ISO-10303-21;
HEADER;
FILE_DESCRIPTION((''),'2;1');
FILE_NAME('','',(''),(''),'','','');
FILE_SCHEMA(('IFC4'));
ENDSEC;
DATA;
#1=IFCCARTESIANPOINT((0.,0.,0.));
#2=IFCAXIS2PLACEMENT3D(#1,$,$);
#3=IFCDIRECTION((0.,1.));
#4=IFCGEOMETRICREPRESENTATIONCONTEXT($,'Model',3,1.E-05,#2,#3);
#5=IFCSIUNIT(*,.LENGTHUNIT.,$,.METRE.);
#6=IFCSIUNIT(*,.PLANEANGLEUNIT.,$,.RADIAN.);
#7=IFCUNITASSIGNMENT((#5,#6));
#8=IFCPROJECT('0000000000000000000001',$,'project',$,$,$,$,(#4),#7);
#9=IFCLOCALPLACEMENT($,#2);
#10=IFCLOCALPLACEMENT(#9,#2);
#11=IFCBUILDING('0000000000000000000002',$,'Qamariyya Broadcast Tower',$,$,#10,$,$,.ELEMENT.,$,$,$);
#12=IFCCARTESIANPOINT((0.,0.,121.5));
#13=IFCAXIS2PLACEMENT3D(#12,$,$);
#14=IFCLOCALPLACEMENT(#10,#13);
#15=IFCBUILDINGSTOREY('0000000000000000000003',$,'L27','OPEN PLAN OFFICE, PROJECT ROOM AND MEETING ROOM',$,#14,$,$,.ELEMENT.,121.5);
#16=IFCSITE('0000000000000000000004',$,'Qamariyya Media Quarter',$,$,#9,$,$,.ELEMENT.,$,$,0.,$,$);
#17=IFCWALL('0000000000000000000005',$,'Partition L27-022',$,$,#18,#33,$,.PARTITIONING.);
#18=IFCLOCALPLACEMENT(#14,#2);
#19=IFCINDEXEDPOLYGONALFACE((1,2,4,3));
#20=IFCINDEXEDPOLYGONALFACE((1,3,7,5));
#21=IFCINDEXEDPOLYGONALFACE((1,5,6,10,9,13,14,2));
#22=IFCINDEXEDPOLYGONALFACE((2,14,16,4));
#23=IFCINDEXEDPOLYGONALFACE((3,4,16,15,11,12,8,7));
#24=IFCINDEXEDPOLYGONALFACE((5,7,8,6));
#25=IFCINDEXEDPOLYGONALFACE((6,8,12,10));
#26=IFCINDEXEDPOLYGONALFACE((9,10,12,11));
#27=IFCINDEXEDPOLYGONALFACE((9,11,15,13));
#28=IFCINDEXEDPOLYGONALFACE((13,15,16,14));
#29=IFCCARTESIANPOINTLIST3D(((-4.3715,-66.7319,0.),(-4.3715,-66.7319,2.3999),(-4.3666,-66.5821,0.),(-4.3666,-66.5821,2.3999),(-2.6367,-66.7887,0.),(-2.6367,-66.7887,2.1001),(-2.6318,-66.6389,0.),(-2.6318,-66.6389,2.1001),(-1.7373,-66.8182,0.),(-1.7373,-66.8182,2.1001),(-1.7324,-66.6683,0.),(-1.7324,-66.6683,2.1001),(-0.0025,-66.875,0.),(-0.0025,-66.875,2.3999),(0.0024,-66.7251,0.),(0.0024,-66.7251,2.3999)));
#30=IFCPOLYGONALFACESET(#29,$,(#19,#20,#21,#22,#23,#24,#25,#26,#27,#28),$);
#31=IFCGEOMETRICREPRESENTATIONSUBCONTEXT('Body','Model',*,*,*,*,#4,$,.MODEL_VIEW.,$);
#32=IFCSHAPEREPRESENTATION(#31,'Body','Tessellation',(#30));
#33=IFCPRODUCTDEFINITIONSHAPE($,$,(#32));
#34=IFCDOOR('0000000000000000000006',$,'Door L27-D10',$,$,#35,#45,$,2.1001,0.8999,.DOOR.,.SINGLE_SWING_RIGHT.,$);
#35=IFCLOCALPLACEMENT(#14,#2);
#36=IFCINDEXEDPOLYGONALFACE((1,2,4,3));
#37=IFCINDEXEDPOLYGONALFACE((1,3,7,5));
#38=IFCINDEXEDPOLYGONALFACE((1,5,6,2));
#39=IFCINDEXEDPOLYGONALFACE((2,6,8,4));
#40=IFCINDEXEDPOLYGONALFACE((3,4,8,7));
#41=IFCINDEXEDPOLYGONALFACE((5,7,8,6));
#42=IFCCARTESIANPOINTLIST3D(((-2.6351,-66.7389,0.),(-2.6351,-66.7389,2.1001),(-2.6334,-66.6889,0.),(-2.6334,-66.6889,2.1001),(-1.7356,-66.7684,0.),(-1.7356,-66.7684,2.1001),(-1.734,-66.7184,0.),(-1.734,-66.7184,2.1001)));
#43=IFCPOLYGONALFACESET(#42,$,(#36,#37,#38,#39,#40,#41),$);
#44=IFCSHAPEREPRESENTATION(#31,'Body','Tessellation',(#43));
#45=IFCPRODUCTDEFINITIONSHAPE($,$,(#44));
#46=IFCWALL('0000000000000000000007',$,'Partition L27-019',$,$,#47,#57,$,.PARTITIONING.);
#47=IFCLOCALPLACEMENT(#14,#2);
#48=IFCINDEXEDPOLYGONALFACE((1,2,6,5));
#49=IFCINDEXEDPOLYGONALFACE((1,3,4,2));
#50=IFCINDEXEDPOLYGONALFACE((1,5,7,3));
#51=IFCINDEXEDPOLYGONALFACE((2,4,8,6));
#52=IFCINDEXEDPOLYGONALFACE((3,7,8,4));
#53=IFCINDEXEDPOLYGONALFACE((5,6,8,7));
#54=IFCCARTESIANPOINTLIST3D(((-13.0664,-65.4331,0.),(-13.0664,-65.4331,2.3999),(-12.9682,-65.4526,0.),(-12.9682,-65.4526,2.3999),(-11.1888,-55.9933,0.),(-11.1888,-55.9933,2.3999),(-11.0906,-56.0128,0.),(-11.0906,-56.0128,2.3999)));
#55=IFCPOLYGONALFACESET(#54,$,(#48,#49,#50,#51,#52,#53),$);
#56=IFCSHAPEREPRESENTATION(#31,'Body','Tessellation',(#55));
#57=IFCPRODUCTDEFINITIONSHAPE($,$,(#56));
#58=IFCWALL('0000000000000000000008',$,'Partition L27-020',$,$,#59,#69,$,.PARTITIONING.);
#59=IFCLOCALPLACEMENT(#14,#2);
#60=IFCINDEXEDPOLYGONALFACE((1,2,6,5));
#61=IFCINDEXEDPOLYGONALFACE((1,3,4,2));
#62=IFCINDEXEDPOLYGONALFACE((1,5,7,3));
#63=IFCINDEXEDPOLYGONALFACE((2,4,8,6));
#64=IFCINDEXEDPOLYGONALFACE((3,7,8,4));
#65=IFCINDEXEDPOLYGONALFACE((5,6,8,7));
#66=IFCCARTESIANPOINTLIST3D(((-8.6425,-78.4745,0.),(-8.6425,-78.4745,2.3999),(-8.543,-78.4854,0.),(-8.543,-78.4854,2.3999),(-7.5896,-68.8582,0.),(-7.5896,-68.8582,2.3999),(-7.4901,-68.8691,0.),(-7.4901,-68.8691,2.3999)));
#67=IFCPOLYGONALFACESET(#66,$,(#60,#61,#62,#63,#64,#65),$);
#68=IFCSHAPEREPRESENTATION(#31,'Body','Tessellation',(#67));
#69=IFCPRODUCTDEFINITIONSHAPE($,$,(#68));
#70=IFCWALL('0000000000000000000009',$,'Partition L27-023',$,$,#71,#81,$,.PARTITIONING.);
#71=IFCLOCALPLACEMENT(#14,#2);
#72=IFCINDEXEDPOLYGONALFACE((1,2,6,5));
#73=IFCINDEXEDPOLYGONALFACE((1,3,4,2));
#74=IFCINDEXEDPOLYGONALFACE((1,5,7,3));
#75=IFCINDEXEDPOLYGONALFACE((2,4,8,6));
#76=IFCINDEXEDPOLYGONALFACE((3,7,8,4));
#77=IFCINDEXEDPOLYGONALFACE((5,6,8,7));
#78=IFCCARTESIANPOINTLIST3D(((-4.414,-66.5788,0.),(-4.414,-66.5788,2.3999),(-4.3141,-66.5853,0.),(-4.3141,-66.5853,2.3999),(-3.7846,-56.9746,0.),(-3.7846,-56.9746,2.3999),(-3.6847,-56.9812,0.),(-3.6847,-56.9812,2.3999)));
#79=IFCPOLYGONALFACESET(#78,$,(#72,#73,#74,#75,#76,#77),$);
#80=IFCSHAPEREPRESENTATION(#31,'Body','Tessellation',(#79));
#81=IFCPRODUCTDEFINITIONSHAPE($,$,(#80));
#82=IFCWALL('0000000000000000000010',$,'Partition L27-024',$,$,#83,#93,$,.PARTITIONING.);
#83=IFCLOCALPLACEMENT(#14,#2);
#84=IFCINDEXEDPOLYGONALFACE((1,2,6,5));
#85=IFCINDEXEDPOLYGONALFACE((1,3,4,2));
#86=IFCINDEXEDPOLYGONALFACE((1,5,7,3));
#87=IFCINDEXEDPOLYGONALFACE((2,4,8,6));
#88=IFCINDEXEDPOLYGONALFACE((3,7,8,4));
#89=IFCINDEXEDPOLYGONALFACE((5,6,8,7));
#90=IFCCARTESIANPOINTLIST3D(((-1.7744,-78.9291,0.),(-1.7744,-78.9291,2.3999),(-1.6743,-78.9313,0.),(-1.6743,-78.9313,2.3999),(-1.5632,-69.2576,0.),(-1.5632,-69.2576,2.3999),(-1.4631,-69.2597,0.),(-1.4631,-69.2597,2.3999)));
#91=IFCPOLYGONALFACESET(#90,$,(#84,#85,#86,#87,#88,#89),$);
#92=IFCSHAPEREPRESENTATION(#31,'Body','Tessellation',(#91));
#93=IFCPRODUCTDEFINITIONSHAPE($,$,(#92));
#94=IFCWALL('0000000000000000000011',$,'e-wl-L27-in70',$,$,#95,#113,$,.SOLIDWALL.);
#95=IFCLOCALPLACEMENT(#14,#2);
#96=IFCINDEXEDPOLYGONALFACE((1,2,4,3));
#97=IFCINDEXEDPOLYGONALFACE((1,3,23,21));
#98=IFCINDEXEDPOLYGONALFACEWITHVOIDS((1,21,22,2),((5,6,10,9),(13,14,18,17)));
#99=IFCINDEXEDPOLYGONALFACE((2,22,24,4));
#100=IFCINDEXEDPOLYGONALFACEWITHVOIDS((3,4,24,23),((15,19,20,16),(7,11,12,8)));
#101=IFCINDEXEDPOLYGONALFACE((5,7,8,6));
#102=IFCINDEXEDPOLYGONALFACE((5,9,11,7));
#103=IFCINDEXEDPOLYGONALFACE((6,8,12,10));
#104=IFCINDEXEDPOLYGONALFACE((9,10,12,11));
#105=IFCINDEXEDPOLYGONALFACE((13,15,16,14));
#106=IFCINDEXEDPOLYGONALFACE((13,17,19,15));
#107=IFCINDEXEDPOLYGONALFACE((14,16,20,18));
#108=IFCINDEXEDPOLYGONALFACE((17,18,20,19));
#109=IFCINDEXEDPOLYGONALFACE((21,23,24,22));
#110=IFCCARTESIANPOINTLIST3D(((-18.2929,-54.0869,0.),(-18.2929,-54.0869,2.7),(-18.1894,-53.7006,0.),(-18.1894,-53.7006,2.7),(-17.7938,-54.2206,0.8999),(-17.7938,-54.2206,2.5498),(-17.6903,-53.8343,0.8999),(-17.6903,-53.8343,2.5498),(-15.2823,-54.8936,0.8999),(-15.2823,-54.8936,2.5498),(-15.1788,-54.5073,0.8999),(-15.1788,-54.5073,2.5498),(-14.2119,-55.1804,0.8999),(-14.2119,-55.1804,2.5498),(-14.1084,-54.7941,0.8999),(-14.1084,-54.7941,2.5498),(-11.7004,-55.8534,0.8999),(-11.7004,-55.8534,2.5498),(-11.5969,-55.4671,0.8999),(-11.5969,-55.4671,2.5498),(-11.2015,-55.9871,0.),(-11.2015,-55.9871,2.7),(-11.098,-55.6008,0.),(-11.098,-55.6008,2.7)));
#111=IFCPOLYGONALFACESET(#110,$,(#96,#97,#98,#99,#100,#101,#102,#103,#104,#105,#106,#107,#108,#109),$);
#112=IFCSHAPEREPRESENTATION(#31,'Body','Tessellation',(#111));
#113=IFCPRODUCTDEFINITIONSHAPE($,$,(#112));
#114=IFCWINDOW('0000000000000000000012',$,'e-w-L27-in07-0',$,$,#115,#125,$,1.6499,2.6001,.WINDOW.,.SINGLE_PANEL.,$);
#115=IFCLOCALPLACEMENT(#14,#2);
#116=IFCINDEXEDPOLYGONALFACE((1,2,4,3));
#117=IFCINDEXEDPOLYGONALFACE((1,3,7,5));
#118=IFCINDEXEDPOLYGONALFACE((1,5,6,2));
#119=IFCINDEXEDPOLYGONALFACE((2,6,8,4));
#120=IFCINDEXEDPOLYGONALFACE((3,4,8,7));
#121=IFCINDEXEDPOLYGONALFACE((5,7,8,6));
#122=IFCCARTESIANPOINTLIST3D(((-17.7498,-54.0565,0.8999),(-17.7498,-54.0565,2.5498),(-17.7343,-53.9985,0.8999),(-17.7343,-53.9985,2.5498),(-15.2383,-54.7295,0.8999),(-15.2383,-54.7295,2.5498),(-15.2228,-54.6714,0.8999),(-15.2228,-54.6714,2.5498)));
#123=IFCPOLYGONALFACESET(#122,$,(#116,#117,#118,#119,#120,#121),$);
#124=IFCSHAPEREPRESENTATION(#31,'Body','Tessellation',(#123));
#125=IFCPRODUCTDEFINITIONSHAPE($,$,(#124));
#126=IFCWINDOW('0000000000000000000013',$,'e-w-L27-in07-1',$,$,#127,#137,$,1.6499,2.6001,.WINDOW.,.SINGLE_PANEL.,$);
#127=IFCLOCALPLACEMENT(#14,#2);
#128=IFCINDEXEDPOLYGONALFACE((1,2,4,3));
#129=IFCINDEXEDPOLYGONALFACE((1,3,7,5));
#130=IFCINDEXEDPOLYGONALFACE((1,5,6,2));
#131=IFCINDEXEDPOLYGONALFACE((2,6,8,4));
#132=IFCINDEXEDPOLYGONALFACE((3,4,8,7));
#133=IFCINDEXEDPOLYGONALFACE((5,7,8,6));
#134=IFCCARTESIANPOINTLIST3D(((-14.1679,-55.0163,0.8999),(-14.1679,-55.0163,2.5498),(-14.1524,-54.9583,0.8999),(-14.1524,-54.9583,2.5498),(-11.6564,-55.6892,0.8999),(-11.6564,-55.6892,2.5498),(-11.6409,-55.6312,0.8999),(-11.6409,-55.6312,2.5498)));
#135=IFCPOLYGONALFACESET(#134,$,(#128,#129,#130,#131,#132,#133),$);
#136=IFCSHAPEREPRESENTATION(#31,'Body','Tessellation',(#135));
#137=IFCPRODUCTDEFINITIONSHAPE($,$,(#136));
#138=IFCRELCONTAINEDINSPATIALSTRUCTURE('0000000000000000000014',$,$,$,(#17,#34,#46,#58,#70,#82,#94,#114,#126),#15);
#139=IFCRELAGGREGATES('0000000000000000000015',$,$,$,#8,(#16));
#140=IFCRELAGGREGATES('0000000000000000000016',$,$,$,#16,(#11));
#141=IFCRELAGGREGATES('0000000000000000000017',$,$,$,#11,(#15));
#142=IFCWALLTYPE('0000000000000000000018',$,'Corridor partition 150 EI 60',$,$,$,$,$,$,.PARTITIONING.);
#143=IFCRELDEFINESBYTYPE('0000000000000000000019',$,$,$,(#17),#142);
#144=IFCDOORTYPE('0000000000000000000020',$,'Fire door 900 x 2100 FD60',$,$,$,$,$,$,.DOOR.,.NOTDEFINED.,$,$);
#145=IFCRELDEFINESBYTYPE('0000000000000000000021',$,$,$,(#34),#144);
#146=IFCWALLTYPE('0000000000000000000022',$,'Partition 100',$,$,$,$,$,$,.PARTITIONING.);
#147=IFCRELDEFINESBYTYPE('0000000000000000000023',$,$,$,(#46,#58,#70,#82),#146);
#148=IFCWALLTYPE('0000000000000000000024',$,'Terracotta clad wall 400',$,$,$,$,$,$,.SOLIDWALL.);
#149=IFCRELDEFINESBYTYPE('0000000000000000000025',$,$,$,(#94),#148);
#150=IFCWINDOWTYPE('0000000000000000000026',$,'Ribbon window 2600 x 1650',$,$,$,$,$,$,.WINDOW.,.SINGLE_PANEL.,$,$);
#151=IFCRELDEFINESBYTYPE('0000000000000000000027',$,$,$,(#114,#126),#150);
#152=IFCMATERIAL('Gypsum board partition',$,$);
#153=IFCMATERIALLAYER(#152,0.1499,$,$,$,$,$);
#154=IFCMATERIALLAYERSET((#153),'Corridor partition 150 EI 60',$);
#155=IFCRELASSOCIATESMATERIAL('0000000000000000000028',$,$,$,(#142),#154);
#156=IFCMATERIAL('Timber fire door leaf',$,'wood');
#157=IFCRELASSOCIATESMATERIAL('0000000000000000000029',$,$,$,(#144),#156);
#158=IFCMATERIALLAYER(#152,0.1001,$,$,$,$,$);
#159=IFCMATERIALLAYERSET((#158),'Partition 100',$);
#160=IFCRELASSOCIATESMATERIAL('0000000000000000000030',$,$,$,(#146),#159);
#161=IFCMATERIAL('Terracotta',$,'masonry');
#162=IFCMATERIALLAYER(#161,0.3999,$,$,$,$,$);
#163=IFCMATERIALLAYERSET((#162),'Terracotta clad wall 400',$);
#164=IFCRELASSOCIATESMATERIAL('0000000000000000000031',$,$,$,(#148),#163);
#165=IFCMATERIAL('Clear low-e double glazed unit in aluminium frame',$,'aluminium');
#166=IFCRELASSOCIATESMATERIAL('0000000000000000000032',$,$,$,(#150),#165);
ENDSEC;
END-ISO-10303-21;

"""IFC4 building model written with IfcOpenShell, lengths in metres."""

from ifc_helpers import new_model, si_unit, direction, frame, frame_2d, origin, place, context, subcontext, project, spatial, rectangle, extrude, material, layer, layer_set, type_object, element, fill, save


model = new_model("IFC4")

# Units and contexts
model_context = context("Model", 3, precision=1e-05, world=origin(), true_north=direction((0.0, 1.0)))
body_context = subcontext(model_context, "Body", "Model", "MODEL_VIEW")
ifc_project = project(units=[si_unit("LENGTHUNIT", "METRE"), si_unit("PLANEANGLEUNIT", "RADIAN")], contexts=[model_context])

# Site, building, storey
site_placement = place(None, origin())
site = spatial("IfcSite", under=ifc_project, at=site_placement, Name="Qamariyya Media Quarter", CompositionType="ELEMENT", RefElevation=0.0)
building_placement = place(site_placement, origin())
building = spatial("IfcBuilding", under=site, at=building_placement, Name="Qamariyya Broadcast Tower", CompositionType="ELEMENT")
storey_placement = place(building_placement, frame((0.0, 0.0, 121.5)))
storey = spatial("IfcBuildingStorey", under=building, at=storey_placement, Name="L27", Description="OPEN PLAN OFFICE, PROJECT ROOM AND MEETING ROOM", CompositionType="ELEMENT", Elevation=121.5)

# Wall, opening, door
ifc_material_1 = material(Name="Gypsum board partition")
ifc_layer_1 = layer(ifc_material_1, 0.1499)
ifc_layer_set_1 = layer_set([ifc_layer_1], Name="Corridor partition 150 EI 60")
wall_type_1 = type_object("IfcWallType", Name="Corridor partition 150 EI 60", PredefinedType="PARTITIONING", material=ifc_layer_set_1)
ifc_material_2 = material(Name="Timber fire door leaf", Category="wood")
wall_1_placement = place(storey_placement, frame((-4.3689, -66.657, 0.0), z_axis=(0.0, 0.0, 1.0), x_axis=(0.999464, -0.032729, 0.0)))
wall_1 = element("IfcWall", 1, at=wall_1_placement, inside=storey, type_object=wall_type_1, Name="Partition L27-022", PredefinedType="PARTITIONING", context=body_context, shape_type="SweptSolid", body=[
    extrude(rectangle(XDim=4.3713, YDim=0.1499, at=frame_2d((2.1855, 0.0))), origin(), (0.0, 0.0, 1.0), 2.3999),
])
opening_1_placement = place(wall_1_placement, frame((1.7356, 0.0, 0.0)))
opening_1 = element("IfcOpeningElement", 2, at=opening_1_placement, cuts=wall_1, PredefinedType="OPENING", context=body_context, shape_type="SweptSolid", body=[
    extrude(rectangle(XDim=0.8999, YDim=2.1001, at=frame_2d((0.45, 1.05))), frame((0.0, 0.085, 0.0), z_axis=(0.0, -1.0, 0.0), x_axis=(1.0, 0.0, 0.0)), (0.0, 0.0, 1.0), 0.1699),
])
door_type_1 = type_object("IfcDoorType", Name="Fire door 900 x 2100 FD60", OperationType="NOTDEFINED", PredefinedType="DOOR", material=ifc_material_2)
door_1_placement = place(opening_1_placement, origin())
door_1 = element("IfcDoor", 3, at=door_1_placement, inside=storey, type_object=door_type_1, Name="Door L27-D10", OperationType="SINGLE_SWING_RIGHT", OverallHeight=2.1001, OverallWidth=0.8999, PredefinedType="DOOR", context=body_context, shape_type="SweptSolid", body=[
    extrude(rectangle(XDim=0.8999, YDim=2.1001, at=frame_2d((0.45, 1.05))), frame((0.0, 0.0249, 0.0), z_axis=(0.0, -1.0, 0.0), x_axis=(1.0, 0.0, 0.0)), (0.0, 0.0, 1.0), 0.05),
])
fill(opening_1, door_1)

# Walls
ifc_layer_2 = layer(ifc_material_1, 0.1001)
ifc_layer_set_2 = layer_set([ifc_layer_2], Name="Partition 100")
wall_type_2 = type_object("IfcWallType", Name="Partition 100", PredefinedType="PARTITIONING", material=ifc_layer_set_2)
wall_2_placement = place(storey_placement, frame((-11.1396, -56.0029, 0.0), z_axis=(0.0, 0.0, 1.0), x_axis=(-0.195087, -0.980786, 0.0)))
element("IfcWall", 4, at=wall_2_placement, inside=storey, type_object=wall_type_2, Name="Partition L27-019", PredefinedType="PARTITIONING", context=body_context, shape_type="SweptSolid", body=[
    extrude(rectangle(XDim=9.6248, YDim=0.1001, at=frame_2d((4.8125, 0.0))), origin(), (0.0, 0.0, 1.0), 2.3999),
])
wall_3_placement = place(storey_placement, frame((-8.5928, -78.48, 0.0), z_axis=(0.0, 0.0, 1.0), x_axis=(0.108847, 0.994059, 0.0)))
element("IfcWall", 5, at=wall_3_placement, inside=storey, type_object=wall_type_2, Name="Partition L27-020", PredefinedType="PARTITIONING", context=body_context, shape_type="SweptSolid", body=[
    extrude(rectangle(XDim=9.6738, YDim=0.1001, at=frame_2d((4.8369, 0.0))), origin(), (0.0, 0.0, 1.0), 2.3999),
])
wall_4_placement = place(storey_placement, frame((-3.7346, -56.9778, 0.0), z_axis=(0.0, 0.0, 1.0), x_axis=(-0.065393, -0.99786, 0.0)))
element("IfcWall", 6, at=wall_4_placement, inside=storey, type_object=wall_type_2, Name="Partition L27-023", PredefinedType="PARTITIONING", context=body_context, shape_type="SweptSolid", body=[
    extrude(rectangle(XDim=9.6248, YDim=0.1001, at=frame_2d((4.8125, 0.0))), origin(), (0.0, 0.0, 1.0), 2.3999),
])
wall_5_placement = place(storey_placement, frame((-1.7244, -78.9302, 0.0), z_axis=(0.0, 0.0, 1.0), x_axis=(0.02183, 0.999762, 0.0)))
element("IfcWall", 7, at=wall_5_placement, inside=storey, type_object=wall_type_2, Name="Partition L27-024", PredefinedType="PARTITIONING", context=body_context, shape_type="SweptSolid", body=[
    extrude(rectangle(XDim=9.6738, YDim=0.1001, at=frame_2d((4.8369, 0.0))), origin(), (0.0, 0.0, 1.0), 2.3999),
])

# Wall, openings, windows
ifc_material_3 = material(Name="Terracotta", Category="masonry")
ifc_layer_3 = layer(ifc_material_3, 0.3999)
ifc_layer_set_3 = layer_set([ifc_layer_3], Name="Terracotta clad wall 400")
wall_type_3 = type_object("IfcWallType", Name="Terracotta clad wall 400", PredefinedType="SOLIDWALL", material=ifc_layer_set_3)
wall_6_placement = place(storey_placement, frame((-11.1497, -55.7939, 0.0), z_axis=(0.0, 0.0, 1.0), x_axis=(-0.965925, 0.258824, 0.0)))
wall_6 = element("IfcWall", 8, at=wall_6_placement, inside=storey, type_object=wall_type_3, Name="e-wl-L27-in70", PredefinedType="SOLIDWALL", context=body_context, shape_type="SweptSolid", body=[
    extrude(rectangle(XDim=7.3416, YDim=0.3999, at=frame_2d((3.6709, 0.0))), origin(), (0.0, 0.0, 1.0), 2.7),
])
opening_2_placement = place(wall_6_placement, frame((4.2249, 0.0, 0.8999)))
opening_2 = element("IfcOpeningElement", 9, at=opening_2_placement, cuts=wall_6, PredefinedType="OPENING", context=body_context, shape_type="SweptSolid", body=[
    extrude(rectangle(XDim=2.6001, YDim=1.6499, at=frame_2d((1.3, 0.825))), frame((0.0, 0.21, 0.0), z_axis=(0.0, -1.0, 0.0), x_axis=(1.0, 0.0, 0.0)), (0.0, 0.0, 1.0), 0.4199),
])
opening_3_placement = place(wall_6_placement, frame((0.5166, 0.0, 0.8999)))
opening_3 = element("IfcOpeningElement", 10, at=opening_3_placement, cuts=wall_6, PredefinedType="OPENING", context=body_context, shape_type="SweptSolid", body=[
    extrude(rectangle(XDim=2.6001, YDim=1.6499, at=frame_2d((1.3, 0.825))), frame((0.0, 0.21, 0.0), z_axis=(0.0, -1.0, 0.0), x_axis=(1.0, 0.0, 0.0)), (0.0, 0.0, 1.0), 0.4199),
])
ifc_material_4 = material(Name="Clear low-e double glazed unit in aluminium frame", Category="aluminium")
window_type = type_object("IfcWindowType", Name="Ribbon window 2600 x 1650", PartitioningType="SINGLE_PANEL", PredefinedType="WINDOW", material=ifc_material_4)
window_1_placement = place(opening_2_placement, origin())
window_1 = element("IfcWindow", 11, at=window_1_placement, inside=storey, type_object=window_type, Name="e-w-L27-in07-0", OverallHeight=1.6499, OverallWidth=2.6001, PartitioningType="SINGLE_PANEL", PredefinedType="WINDOW", context=body_context, shape_type="SweptSolid", body=[
    extrude(rectangle(XDim=2.6001, YDim=1.6499, at=frame_2d((1.3, 0.825))), frame((0.0, 0.03, 0.0), z_axis=(0.0, -1.0, 0.0), x_axis=(1.0, 0.0, 0.0)), (0.0, 0.0, 1.0), 0.0601),
])
fill(opening_2, window_1)
window_2_placement = place(opening_3_placement, origin())
window_2 = element("IfcWindow", 12, at=window_2_placement, inside=storey, type_object=window_type, Name="e-w-L27-in07-1", OverallHeight=1.6499, OverallWidth=2.6001, PartitioningType="SINGLE_PANEL", PredefinedType="WINDOW", context=body_context, shape_type="SweptSolid", body=[
    extrude(rectangle(XDim=2.6001, YDim=1.6499, at=frame_2d((1.3, 0.825))), frame((0.0, 0.03, 0.0), z_axis=(0.0, -1.0, 0.0), x_axis=(1.0, 0.0, 0.0)), (0.0, 0.0, 1.0), 0.0601),
])
fill(opening_3, window_2)

save(model, "model.ifc")
